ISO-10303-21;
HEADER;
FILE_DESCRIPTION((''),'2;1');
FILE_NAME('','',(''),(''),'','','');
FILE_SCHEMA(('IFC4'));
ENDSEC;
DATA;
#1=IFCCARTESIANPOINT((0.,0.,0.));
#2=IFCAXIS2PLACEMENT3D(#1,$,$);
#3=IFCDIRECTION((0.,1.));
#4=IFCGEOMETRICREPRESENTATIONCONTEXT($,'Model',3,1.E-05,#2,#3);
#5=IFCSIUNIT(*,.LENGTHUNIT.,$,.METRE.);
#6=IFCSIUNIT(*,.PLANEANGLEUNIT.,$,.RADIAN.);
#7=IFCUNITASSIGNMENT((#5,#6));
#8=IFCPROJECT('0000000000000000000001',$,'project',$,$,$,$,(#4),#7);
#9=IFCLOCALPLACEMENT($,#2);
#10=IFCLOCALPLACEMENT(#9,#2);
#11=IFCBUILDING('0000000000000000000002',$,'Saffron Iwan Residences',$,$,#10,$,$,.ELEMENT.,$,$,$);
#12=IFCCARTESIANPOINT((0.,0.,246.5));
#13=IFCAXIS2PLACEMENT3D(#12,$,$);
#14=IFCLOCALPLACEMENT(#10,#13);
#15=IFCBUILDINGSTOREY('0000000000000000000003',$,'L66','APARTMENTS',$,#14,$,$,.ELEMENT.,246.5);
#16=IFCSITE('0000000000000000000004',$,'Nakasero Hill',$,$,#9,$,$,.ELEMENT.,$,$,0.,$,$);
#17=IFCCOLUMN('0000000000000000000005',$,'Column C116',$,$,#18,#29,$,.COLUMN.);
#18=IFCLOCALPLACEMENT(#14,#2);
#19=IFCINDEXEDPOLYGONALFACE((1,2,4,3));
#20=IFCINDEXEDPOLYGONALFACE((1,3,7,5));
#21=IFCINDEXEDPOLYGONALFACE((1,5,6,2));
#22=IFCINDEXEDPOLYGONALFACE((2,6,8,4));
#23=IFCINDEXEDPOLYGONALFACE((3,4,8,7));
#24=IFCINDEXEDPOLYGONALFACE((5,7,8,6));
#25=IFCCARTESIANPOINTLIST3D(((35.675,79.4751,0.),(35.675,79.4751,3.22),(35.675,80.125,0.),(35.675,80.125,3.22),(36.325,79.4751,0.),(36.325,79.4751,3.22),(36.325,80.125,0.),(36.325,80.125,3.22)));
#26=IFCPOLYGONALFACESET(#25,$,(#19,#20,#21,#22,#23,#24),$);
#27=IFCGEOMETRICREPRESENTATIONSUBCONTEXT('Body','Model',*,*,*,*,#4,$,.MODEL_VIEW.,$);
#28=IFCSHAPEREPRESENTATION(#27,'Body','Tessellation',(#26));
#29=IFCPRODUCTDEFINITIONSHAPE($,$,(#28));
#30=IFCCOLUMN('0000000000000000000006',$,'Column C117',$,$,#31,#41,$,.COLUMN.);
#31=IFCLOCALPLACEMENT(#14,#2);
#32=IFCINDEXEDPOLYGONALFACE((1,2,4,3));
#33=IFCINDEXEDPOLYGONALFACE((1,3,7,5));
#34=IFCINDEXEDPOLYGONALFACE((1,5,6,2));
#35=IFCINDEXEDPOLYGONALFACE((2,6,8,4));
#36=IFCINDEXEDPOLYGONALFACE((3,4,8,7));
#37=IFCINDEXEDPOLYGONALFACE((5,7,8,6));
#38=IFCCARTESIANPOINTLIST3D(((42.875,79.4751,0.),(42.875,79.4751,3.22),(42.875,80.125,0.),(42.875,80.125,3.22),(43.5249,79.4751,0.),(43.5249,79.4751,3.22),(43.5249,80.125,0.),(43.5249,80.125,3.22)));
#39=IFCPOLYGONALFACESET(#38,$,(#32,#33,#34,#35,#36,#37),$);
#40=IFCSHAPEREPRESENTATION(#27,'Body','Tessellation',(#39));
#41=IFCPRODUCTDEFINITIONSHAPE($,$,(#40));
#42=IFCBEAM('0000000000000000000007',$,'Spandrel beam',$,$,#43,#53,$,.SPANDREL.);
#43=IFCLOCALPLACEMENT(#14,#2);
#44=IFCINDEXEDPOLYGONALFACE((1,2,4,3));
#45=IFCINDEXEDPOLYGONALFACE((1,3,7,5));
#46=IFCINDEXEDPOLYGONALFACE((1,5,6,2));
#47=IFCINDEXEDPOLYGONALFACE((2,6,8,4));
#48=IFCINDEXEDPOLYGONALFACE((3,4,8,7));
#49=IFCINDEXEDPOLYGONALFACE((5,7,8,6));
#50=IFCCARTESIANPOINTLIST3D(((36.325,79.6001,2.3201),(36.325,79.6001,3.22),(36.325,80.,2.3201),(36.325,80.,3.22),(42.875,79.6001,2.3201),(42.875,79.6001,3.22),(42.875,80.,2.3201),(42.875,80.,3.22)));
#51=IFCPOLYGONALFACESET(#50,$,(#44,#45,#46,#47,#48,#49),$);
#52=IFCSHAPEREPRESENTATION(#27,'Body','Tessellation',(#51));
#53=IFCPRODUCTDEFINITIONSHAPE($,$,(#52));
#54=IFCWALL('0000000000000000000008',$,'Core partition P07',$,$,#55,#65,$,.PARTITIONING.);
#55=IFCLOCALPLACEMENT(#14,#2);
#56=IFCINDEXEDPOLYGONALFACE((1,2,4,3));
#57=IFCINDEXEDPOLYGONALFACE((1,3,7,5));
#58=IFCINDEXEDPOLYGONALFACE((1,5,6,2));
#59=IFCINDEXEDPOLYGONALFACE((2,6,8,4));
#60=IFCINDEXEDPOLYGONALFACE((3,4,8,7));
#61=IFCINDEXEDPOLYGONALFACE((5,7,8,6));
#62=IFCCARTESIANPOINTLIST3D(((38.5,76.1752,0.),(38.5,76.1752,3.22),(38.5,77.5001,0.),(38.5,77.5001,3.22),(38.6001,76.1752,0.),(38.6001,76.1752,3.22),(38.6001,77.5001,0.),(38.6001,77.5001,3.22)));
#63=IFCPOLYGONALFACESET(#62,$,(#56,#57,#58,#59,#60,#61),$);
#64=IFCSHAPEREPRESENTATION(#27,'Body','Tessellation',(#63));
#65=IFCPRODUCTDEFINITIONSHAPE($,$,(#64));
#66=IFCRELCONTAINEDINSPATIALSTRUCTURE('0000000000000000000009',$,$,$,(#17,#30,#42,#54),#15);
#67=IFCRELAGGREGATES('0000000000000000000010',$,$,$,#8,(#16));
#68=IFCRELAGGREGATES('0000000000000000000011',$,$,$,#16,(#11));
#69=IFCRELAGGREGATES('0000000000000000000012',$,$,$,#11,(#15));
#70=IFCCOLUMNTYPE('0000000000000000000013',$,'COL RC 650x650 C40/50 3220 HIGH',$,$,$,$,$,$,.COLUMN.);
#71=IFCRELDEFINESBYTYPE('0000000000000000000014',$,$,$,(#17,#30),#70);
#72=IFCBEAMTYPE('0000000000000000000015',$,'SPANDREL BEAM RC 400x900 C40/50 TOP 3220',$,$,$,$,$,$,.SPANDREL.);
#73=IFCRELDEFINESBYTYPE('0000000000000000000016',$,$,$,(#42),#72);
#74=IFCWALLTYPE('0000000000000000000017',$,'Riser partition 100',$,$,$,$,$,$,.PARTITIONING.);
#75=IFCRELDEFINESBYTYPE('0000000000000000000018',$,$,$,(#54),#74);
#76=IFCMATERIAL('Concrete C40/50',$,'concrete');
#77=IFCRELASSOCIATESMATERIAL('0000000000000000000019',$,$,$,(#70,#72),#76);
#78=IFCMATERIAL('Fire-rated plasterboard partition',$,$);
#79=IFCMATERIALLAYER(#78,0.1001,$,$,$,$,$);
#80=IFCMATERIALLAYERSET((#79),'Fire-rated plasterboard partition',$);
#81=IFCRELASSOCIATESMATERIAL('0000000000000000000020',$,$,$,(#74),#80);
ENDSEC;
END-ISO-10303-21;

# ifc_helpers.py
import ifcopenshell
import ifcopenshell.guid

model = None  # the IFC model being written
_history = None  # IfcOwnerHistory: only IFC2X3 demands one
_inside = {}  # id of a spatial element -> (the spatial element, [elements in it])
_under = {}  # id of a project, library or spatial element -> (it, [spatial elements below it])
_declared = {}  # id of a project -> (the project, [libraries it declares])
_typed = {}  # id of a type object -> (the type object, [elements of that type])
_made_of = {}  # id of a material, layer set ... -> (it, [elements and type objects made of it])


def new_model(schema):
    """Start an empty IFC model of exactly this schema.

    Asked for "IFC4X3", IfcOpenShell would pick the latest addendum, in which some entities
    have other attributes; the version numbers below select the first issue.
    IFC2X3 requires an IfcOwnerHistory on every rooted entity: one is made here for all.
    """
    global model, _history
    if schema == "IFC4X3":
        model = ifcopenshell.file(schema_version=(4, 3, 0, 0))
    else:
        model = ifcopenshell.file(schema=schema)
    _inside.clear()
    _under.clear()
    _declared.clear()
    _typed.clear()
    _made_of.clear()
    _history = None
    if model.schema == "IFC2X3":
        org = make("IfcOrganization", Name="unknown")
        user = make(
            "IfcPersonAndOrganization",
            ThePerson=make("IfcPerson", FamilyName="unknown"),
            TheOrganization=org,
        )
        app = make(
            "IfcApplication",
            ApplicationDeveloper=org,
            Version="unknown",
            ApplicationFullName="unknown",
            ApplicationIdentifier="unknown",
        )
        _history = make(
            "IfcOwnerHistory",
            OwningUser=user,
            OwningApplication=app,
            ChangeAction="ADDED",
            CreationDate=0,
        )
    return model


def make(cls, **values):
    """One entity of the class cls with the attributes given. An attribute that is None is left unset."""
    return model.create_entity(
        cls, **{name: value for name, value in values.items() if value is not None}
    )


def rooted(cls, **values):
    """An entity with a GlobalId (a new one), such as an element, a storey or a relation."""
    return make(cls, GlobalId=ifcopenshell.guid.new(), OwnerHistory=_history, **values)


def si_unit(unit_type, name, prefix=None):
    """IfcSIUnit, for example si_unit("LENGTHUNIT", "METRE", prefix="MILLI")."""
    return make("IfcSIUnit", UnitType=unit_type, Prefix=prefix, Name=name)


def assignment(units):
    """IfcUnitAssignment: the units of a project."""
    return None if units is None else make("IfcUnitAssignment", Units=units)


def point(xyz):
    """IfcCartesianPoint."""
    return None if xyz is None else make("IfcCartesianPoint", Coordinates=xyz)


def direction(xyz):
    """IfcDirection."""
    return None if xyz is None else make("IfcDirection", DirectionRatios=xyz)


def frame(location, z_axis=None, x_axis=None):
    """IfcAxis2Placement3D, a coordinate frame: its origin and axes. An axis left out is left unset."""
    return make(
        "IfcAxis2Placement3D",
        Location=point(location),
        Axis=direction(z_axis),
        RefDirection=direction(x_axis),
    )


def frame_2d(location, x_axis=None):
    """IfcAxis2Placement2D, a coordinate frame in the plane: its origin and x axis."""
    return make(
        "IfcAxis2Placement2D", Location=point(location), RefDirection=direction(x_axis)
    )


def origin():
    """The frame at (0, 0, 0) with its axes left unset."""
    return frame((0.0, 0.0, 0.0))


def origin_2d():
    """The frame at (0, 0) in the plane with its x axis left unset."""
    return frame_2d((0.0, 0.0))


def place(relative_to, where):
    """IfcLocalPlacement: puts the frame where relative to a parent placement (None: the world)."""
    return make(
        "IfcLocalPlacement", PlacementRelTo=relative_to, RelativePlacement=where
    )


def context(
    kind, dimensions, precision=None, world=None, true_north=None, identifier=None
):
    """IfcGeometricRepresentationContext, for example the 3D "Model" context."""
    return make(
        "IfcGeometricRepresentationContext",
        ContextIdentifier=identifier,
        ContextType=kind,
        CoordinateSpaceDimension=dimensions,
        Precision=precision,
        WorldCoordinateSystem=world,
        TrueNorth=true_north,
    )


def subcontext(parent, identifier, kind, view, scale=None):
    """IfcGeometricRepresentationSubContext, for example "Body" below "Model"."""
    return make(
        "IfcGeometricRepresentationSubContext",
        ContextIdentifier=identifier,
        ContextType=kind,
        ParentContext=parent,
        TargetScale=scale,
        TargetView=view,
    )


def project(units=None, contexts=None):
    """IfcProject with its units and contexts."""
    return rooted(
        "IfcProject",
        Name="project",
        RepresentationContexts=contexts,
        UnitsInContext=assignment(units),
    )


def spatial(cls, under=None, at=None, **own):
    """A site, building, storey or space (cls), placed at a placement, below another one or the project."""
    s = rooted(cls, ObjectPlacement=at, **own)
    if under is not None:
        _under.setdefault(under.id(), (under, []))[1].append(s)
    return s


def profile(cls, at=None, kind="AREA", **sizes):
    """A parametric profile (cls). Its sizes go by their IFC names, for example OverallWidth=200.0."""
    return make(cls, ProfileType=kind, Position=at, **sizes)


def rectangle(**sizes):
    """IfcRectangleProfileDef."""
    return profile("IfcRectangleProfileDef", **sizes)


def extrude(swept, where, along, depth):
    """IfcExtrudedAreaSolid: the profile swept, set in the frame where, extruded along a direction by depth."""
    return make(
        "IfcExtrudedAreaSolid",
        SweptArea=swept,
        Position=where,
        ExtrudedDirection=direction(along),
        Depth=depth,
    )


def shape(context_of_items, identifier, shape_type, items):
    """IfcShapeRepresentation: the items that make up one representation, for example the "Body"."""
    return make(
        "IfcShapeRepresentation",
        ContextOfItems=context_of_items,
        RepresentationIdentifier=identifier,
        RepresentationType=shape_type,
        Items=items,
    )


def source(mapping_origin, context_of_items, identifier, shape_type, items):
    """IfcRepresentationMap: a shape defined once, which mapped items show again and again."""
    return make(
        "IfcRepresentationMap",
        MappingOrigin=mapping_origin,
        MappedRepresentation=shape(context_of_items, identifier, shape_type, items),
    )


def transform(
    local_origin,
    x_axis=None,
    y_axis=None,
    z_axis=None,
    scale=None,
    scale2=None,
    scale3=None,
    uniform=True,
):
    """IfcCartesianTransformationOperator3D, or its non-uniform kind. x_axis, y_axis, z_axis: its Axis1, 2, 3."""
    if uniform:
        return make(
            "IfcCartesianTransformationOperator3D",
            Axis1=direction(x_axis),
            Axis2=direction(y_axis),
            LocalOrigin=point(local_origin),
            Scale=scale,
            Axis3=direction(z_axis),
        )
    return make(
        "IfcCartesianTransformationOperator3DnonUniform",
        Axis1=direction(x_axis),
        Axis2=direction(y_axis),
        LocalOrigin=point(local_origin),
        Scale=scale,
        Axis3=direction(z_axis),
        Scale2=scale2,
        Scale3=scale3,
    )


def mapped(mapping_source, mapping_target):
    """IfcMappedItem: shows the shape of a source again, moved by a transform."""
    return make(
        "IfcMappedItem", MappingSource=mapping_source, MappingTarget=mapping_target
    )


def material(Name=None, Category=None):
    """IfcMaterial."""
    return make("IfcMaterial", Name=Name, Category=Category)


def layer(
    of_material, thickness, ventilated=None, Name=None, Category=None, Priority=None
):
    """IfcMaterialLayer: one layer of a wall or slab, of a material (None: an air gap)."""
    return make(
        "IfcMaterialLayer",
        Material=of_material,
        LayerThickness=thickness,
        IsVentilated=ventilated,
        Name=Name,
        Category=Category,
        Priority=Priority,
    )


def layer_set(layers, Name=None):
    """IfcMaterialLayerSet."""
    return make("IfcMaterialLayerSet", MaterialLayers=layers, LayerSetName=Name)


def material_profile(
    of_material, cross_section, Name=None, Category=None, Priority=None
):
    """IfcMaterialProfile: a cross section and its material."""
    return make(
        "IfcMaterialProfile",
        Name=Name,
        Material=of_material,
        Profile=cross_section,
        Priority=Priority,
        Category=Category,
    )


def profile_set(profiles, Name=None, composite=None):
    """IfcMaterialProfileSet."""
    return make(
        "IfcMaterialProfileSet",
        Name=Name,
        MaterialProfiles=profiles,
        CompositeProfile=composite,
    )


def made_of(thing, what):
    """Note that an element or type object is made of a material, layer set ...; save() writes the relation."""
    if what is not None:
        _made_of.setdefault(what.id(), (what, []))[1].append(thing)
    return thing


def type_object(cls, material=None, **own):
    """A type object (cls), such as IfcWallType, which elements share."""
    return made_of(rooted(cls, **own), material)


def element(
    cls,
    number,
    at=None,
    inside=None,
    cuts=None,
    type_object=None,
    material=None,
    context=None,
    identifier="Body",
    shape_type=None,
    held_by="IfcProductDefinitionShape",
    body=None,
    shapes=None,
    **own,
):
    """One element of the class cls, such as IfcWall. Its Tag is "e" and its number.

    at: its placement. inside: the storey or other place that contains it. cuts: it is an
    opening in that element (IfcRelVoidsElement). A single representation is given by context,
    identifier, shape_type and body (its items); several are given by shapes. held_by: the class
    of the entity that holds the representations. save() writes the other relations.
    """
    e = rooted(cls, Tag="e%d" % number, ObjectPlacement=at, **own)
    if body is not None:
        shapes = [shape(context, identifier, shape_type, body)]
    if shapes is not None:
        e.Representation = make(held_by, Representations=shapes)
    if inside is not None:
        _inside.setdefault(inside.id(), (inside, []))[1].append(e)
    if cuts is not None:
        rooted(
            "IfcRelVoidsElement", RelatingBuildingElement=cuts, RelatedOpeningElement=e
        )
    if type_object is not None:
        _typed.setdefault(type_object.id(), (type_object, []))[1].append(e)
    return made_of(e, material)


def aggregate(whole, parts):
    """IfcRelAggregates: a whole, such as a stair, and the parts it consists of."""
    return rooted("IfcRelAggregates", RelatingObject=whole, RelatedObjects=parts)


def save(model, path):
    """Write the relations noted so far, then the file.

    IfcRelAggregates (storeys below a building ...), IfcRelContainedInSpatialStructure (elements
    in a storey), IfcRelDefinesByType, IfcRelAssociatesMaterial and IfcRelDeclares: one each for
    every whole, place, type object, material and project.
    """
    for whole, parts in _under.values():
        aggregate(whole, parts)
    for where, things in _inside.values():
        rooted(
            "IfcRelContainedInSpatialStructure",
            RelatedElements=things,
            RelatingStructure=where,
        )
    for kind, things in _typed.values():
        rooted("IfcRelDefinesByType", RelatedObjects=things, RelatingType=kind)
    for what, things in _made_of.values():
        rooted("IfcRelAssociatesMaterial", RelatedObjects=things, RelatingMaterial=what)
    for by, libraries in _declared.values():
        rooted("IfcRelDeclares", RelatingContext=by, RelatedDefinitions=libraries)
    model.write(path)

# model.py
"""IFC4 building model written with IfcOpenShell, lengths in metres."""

from ifc_helpers import new_model, si_unit, direction, frame, frame_2d, origin, origin_2d, place, context, subcontext, project, spatial, rectangle, extrude, source, transform, mapped, material, layer, layer_set, material_profile, profile_set, type_object, element, save


model = new_model("IFC4")

# Units and contexts
model_context = context("Model", 3, precision=1e-05, world=origin(), true_north=direction((0.0, 1.0)))
body_context = subcontext(model_context, "Body", "Model", "MODEL_VIEW")
ifc_project = project(units=[si_unit("LENGTHUNIT", "METRE"), si_unit("PLANEANGLEUNIT", "RADIAN")], contexts=[model_context])

# Site, building, storey
site_placement = place(None, origin())
site = spatial("IfcSite", under=ifc_project, at=site_placement, Name="Nakasero Hill", CompositionType="ELEMENT", RefElevation=0.0)
building_placement = place(site_placement, origin())
building = spatial("IfcBuilding", under=site, at=building_placement, Name="Saffron Iwan Residences", CompositionType="ELEMENT")
storey_placement = place(building_placement, frame((0.0, 0.0, 246.5)))
storey = spatial("IfcBuildingStorey", under=building, at=storey_placement, Name="L66", Description="APARTMENTS", CompositionType="ELEMENT", Elevation=246.5)

# Columns
ifc_material_1 = material(Name="Concrete C40/50", Category="concrete")
ifc_material_profile_1 = material_profile(ifc_material_1, rectangle(XDim=0.6499, YDim=0.6499, at=origin_2d()), Name="RC 650x650")
ifc_profile_set_1 = profile_set([ifc_material_profile_1], Name="Concrete C40/50")
column_type = type_object("IfcColumnType", Name="COL RC 650x650 C40/50 3220 HIGH", PredefinedType="COLUMN", material=ifc_profile_set_1)
shared_shape_1 = source(origin(), body_context, "Body", "SweptSolid", [
    extrude(rectangle(XDim=0.6499, YDim=0.6499, at=origin_2d()), origin(), (0.0, 0.0, 1.0), 3.22),
])
for number, where, z_axis, x_axis, name in (
    (1, (36.0, 79.8, 0.0), (0.0, 0.0, 1.0), (1.0, 0.0, 0.0), "Column C116"),
    (2, (43.2, 79.8, 0.0), (0.0, 0.0, 1.0), (1.0, 0.0, 0.0), "Column C117"),
):
    element("IfcColumn", number, at=place(storey_placement, frame(where, z_axis=z_axis, x_axis=x_axis)), inside=storey, type_object=column_type, Name=name, PredefinedType="COLUMN", context=body_context, shape_type="MappedRepresentation", body=[
        mapped(shared_shape_1, transform((0.0, 0.0, 0.0))),
    ])

# Beam
ifc_material_profile_2 = material_profile(ifc_material_1, rectangle(XDim=0.3999, YDim=0.8999, at=origin_2d()), Name="RC 400x900")
ifc_profile_set_2 = profile_set([ifc_material_profile_2], Name="Concrete C40/50")
beam_type = type_object("IfcBeamType", Name="SPANDREL BEAM RC 400x900 C40/50 TOP 3220", PredefinedType="SPANDREL", material=ifc_profile_set_2)
shared_shape_2 = source(origin(), body_context, "Body", "SweptSolid", [
    extrude(rectangle(XDim=0.3999, YDim=0.8999, at=origin_2d()), origin(), (0.0, 0.0, 1.0), 6.55),
])
beam_placement = place(storey_placement, frame((36.325, 79.8, 2.77), z_axis=(1.0, 0.0, 0.0), x_axis=(0.0, 1.0, 0.0)))
element("IfcBeam", 3, at=beam_placement, inside=storey, type_object=beam_type, Name="Spandrel beam", PredefinedType="SPANDREL", context=body_context, shape_type="MappedRepresentation", body=[
    mapped(shared_shape_2, transform((0.0, 0.0, 0.0))),
])

# Wall
ifc_material_2 = material(Name="Fire-rated plasterboard partition")
ifc_layer_1 = layer(ifc_material_2, 0.1001)
ifc_layer_set_1 = layer_set([ifc_layer_1], Name="Fire-rated plasterboard partition")
wall_type_1 = type_object("IfcWallType", Name="Riser partition 100", PredefinedType="PARTITIONING", material=ifc_layer_set_1)
wall_1_placement = place(storey_placement, frame((38.55, 76.175, 0.0), z_axis=(0.0, 0.0, 1.0), x_axis=(0.0, 1.0, 0.0)))
element("IfcWall", 4, at=wall_1_placement, inside=storey, type_object=wall_type_1, Name="Core partition P07", PredefinedType="PARTITIONING", context=body_context, shape_type="SweptSolid", body=[
    extrude(rectangle(XDim=1.325, YDim=0.1001, at=frame_2d((0.6626, 0.0))), origin(), (0.0, 0.0, 1.0), 3.22),
])

save(model, "model.ifc")
